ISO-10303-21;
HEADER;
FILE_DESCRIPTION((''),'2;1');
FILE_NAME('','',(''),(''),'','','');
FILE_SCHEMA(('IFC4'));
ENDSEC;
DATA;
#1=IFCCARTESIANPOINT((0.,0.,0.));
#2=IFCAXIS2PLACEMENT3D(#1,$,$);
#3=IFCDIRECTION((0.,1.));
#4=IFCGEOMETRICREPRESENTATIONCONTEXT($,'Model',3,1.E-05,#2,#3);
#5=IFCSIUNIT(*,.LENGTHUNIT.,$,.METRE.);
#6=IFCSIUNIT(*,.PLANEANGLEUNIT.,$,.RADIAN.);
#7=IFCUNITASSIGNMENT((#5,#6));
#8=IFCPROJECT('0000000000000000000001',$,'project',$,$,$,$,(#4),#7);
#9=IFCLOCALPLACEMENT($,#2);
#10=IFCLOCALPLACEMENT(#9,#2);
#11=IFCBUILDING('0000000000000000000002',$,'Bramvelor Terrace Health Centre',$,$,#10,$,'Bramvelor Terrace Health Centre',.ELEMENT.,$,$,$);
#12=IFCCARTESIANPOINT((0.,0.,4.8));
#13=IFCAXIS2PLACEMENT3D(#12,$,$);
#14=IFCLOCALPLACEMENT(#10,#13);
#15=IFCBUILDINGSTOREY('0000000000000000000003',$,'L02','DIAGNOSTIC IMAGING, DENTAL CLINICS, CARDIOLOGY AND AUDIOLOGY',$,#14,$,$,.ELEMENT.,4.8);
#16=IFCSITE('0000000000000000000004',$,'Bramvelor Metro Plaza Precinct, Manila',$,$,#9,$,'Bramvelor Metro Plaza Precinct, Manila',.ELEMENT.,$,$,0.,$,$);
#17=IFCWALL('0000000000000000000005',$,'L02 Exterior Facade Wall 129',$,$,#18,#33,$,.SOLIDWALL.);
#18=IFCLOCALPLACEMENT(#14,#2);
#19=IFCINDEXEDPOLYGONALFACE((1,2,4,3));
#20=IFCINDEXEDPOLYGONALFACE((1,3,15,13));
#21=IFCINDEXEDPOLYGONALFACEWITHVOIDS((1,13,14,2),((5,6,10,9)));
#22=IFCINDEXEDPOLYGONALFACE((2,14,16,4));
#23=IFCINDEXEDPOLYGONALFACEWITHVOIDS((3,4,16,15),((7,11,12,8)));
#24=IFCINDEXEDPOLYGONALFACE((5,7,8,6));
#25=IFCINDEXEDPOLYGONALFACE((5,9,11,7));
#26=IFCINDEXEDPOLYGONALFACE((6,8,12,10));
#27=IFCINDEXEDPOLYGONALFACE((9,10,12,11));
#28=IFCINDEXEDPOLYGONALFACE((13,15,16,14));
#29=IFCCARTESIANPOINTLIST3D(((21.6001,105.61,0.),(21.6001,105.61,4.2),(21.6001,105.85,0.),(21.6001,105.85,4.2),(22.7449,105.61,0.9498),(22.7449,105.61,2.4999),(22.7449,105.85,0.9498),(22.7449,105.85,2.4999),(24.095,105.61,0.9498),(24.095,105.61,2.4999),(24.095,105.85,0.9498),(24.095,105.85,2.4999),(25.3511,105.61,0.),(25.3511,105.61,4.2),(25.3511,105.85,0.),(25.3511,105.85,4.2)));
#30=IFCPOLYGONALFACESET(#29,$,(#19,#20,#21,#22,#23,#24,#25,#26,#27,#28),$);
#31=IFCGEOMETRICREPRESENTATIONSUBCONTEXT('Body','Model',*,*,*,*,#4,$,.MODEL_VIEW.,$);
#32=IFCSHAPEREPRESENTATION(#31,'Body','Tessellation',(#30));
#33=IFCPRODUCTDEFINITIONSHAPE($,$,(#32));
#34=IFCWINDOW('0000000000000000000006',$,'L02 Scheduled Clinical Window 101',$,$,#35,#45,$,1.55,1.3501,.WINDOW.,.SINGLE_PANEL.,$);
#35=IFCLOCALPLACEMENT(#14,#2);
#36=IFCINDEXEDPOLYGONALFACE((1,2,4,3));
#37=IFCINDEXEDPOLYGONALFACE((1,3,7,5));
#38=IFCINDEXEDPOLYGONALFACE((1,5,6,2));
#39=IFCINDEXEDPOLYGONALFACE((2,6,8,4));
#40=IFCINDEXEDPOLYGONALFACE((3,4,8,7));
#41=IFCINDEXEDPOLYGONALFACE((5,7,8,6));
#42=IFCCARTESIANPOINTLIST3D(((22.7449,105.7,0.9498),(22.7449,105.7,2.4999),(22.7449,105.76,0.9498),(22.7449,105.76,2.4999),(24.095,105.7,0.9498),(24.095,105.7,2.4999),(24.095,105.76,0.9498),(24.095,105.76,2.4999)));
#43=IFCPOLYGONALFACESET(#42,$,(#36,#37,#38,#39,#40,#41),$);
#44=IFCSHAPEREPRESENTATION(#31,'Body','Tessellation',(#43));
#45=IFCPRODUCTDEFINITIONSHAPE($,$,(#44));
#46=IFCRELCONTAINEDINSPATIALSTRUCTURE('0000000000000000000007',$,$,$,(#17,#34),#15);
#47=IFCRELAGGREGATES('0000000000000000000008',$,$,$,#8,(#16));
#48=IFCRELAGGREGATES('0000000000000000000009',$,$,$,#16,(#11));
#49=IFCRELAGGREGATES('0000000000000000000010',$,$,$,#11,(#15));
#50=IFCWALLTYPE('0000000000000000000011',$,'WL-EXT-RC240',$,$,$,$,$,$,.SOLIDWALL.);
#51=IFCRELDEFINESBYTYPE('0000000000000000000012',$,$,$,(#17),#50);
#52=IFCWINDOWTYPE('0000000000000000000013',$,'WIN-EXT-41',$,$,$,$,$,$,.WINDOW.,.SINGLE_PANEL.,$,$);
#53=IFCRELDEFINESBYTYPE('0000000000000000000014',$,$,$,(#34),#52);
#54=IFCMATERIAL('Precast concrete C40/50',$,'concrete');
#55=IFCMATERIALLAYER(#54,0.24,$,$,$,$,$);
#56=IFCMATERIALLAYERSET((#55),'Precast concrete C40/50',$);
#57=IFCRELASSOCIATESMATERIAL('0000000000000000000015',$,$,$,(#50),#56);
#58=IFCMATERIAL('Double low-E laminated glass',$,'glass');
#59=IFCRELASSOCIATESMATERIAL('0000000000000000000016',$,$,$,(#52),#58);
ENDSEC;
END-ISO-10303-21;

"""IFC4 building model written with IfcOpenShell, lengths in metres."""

from ifc_helpers import new_model, si_unit, direction, frame, frame_2d, origin, place, context, subcontext, project, spatial, rectangle, extrude, material, layer, layer_set, type_object, element, fill, save


model = new_model("IFC4")

# Units and contexts
model_context = context("Model", 3, precision=1e-05, world=origin(), true_north=direction((0.0, 1.0)))
body_context = subcontext(model_context, "Body", "Model", "MODEL_VIEW")
ifc_project = project(units=[si_unit("LENGTHUNIT", "METRE"), si_unit("PLANEANGLEUNIT", "RADIAN")], contexts=[model_context])

# Site, building, storey
site_placement = place(None, origin())
site = spatial("IfcSite", under=ifc_project, at=site_placement, Name="Bramvelor Metro Plaza Precinct, Manila", LongName="Bramvelor Metro Plaza Precinct, Manila", CompositionType="ELEMENT", RefElevation=0.0)
building_placement = place(site_placement, origin())
building = spatial("IfcBuilding", under=site, at=building_placement, Name="Bramvelor Terrace Health Centre", LongName="Bramvelor Terrace Health Centre", CompositionType="ELEMENT")
storey_placement = place(building_placement, frame((0.0, 0.0, 4.8)))
storey = spatial("IfcBuildingStorey", under=building, at=storey_placement, Name="L02", Description="DIAGNOSTIC IMAGING, DENTAL CLINICS, CARDIOLOGY AND AUDIOLOGY", CompositionType="ELEMENT", Elevation=4.8)

# Wall, opening, window
ifc_material_1 = material(Name="Precast concrete C40/50", Category="concrete")
ifc_layer_1 = layer(ifc_material_1, 0.24)
ifc_layer_set_1 = layer_set([ifc_layer_1], Name="Precast concrete C40/50")
wall_type_1 = type_object("IfcWallType", Name="WL-EXT-RC240", PredefinedType="SOLIDWALL", material=ifc_layer_set_1)
wall_1_placement = place(storey_placement, frame((25.3511, 105.73, 0.0), z_axis=(0.0, 0.0, 1.0), x_axis=(-1.0, 0.0, 0.0)))
wall_1 = element("IfcWall", 1, at=wall_1_placement, inside=storey, type_object=wall_type_1, Name="L02 Exterior Facade Wall 129", PredefinedType="SOLIDWALL", context=body_context, shape_type="SweptSolid", body=[
    extrude(rectangle(XDim=3.751, YDim=0.24, at=frame_2d((1.8755, 0.0))), origin(), (0.0, 0.0, 1.0), 4.2),
])
opening_1_placement = place(wall_1_placement, frame((1.2561, 0.0, 0.95)))
opening_1 = element("IfcOpeningElement", 2, at=opening_1_placement, cuts=wall_1, PredefinedType="OPENING", context=body_context, shape_type="SweptSolid", body=[
    extrude(rectangle(XDim=1.3501, YDim=1.55, at=frame_2d((0.675, 0.7749))), frame((0.0, 0.1299, 0.0), z_axis=(0.0, -1.0, 0.0), x_axis=(1.0, 0.0, 0.0)), (0.0, 0.0, 1.0), 0.26),
])
ifc_material_2 = material(Name="Double low-E laminated glass", Category="glass")
window_type = type_object("IfcWindowType", Name="WIN-EXT-41", PartitioningType="SINGLE_PANEL", PredefinedType="WINDOW", material=ifc_material_2)
window_placement = place(opening_1_placement, origin())
window = element("IfcWindow", 3, at=window_placement, inside=storey, type_object=window_type, Name="L02 Scheduled Clinical Window 101", OverallHeight=1.55, OverallWidth=1.3501, PartitioningType="SINGLE_PANEL", PredefinedType="WINDOW", context=body_context, shape_type="SweptSolid", body=[
    extrude(rectangle(XDim=1.3501, YDim=1.55, at=frame_2d((0.675, 0.7749))), frame((0.0, 0.03, 0.0), z_axis=(0.0, -1.0, 0.0), x_axis=(1.0, 0.0, 0.0)), (0.0, 0.0, 1.0), 0.0601),
])
fill(opening_1, window)

save(model, "model.ifc")
